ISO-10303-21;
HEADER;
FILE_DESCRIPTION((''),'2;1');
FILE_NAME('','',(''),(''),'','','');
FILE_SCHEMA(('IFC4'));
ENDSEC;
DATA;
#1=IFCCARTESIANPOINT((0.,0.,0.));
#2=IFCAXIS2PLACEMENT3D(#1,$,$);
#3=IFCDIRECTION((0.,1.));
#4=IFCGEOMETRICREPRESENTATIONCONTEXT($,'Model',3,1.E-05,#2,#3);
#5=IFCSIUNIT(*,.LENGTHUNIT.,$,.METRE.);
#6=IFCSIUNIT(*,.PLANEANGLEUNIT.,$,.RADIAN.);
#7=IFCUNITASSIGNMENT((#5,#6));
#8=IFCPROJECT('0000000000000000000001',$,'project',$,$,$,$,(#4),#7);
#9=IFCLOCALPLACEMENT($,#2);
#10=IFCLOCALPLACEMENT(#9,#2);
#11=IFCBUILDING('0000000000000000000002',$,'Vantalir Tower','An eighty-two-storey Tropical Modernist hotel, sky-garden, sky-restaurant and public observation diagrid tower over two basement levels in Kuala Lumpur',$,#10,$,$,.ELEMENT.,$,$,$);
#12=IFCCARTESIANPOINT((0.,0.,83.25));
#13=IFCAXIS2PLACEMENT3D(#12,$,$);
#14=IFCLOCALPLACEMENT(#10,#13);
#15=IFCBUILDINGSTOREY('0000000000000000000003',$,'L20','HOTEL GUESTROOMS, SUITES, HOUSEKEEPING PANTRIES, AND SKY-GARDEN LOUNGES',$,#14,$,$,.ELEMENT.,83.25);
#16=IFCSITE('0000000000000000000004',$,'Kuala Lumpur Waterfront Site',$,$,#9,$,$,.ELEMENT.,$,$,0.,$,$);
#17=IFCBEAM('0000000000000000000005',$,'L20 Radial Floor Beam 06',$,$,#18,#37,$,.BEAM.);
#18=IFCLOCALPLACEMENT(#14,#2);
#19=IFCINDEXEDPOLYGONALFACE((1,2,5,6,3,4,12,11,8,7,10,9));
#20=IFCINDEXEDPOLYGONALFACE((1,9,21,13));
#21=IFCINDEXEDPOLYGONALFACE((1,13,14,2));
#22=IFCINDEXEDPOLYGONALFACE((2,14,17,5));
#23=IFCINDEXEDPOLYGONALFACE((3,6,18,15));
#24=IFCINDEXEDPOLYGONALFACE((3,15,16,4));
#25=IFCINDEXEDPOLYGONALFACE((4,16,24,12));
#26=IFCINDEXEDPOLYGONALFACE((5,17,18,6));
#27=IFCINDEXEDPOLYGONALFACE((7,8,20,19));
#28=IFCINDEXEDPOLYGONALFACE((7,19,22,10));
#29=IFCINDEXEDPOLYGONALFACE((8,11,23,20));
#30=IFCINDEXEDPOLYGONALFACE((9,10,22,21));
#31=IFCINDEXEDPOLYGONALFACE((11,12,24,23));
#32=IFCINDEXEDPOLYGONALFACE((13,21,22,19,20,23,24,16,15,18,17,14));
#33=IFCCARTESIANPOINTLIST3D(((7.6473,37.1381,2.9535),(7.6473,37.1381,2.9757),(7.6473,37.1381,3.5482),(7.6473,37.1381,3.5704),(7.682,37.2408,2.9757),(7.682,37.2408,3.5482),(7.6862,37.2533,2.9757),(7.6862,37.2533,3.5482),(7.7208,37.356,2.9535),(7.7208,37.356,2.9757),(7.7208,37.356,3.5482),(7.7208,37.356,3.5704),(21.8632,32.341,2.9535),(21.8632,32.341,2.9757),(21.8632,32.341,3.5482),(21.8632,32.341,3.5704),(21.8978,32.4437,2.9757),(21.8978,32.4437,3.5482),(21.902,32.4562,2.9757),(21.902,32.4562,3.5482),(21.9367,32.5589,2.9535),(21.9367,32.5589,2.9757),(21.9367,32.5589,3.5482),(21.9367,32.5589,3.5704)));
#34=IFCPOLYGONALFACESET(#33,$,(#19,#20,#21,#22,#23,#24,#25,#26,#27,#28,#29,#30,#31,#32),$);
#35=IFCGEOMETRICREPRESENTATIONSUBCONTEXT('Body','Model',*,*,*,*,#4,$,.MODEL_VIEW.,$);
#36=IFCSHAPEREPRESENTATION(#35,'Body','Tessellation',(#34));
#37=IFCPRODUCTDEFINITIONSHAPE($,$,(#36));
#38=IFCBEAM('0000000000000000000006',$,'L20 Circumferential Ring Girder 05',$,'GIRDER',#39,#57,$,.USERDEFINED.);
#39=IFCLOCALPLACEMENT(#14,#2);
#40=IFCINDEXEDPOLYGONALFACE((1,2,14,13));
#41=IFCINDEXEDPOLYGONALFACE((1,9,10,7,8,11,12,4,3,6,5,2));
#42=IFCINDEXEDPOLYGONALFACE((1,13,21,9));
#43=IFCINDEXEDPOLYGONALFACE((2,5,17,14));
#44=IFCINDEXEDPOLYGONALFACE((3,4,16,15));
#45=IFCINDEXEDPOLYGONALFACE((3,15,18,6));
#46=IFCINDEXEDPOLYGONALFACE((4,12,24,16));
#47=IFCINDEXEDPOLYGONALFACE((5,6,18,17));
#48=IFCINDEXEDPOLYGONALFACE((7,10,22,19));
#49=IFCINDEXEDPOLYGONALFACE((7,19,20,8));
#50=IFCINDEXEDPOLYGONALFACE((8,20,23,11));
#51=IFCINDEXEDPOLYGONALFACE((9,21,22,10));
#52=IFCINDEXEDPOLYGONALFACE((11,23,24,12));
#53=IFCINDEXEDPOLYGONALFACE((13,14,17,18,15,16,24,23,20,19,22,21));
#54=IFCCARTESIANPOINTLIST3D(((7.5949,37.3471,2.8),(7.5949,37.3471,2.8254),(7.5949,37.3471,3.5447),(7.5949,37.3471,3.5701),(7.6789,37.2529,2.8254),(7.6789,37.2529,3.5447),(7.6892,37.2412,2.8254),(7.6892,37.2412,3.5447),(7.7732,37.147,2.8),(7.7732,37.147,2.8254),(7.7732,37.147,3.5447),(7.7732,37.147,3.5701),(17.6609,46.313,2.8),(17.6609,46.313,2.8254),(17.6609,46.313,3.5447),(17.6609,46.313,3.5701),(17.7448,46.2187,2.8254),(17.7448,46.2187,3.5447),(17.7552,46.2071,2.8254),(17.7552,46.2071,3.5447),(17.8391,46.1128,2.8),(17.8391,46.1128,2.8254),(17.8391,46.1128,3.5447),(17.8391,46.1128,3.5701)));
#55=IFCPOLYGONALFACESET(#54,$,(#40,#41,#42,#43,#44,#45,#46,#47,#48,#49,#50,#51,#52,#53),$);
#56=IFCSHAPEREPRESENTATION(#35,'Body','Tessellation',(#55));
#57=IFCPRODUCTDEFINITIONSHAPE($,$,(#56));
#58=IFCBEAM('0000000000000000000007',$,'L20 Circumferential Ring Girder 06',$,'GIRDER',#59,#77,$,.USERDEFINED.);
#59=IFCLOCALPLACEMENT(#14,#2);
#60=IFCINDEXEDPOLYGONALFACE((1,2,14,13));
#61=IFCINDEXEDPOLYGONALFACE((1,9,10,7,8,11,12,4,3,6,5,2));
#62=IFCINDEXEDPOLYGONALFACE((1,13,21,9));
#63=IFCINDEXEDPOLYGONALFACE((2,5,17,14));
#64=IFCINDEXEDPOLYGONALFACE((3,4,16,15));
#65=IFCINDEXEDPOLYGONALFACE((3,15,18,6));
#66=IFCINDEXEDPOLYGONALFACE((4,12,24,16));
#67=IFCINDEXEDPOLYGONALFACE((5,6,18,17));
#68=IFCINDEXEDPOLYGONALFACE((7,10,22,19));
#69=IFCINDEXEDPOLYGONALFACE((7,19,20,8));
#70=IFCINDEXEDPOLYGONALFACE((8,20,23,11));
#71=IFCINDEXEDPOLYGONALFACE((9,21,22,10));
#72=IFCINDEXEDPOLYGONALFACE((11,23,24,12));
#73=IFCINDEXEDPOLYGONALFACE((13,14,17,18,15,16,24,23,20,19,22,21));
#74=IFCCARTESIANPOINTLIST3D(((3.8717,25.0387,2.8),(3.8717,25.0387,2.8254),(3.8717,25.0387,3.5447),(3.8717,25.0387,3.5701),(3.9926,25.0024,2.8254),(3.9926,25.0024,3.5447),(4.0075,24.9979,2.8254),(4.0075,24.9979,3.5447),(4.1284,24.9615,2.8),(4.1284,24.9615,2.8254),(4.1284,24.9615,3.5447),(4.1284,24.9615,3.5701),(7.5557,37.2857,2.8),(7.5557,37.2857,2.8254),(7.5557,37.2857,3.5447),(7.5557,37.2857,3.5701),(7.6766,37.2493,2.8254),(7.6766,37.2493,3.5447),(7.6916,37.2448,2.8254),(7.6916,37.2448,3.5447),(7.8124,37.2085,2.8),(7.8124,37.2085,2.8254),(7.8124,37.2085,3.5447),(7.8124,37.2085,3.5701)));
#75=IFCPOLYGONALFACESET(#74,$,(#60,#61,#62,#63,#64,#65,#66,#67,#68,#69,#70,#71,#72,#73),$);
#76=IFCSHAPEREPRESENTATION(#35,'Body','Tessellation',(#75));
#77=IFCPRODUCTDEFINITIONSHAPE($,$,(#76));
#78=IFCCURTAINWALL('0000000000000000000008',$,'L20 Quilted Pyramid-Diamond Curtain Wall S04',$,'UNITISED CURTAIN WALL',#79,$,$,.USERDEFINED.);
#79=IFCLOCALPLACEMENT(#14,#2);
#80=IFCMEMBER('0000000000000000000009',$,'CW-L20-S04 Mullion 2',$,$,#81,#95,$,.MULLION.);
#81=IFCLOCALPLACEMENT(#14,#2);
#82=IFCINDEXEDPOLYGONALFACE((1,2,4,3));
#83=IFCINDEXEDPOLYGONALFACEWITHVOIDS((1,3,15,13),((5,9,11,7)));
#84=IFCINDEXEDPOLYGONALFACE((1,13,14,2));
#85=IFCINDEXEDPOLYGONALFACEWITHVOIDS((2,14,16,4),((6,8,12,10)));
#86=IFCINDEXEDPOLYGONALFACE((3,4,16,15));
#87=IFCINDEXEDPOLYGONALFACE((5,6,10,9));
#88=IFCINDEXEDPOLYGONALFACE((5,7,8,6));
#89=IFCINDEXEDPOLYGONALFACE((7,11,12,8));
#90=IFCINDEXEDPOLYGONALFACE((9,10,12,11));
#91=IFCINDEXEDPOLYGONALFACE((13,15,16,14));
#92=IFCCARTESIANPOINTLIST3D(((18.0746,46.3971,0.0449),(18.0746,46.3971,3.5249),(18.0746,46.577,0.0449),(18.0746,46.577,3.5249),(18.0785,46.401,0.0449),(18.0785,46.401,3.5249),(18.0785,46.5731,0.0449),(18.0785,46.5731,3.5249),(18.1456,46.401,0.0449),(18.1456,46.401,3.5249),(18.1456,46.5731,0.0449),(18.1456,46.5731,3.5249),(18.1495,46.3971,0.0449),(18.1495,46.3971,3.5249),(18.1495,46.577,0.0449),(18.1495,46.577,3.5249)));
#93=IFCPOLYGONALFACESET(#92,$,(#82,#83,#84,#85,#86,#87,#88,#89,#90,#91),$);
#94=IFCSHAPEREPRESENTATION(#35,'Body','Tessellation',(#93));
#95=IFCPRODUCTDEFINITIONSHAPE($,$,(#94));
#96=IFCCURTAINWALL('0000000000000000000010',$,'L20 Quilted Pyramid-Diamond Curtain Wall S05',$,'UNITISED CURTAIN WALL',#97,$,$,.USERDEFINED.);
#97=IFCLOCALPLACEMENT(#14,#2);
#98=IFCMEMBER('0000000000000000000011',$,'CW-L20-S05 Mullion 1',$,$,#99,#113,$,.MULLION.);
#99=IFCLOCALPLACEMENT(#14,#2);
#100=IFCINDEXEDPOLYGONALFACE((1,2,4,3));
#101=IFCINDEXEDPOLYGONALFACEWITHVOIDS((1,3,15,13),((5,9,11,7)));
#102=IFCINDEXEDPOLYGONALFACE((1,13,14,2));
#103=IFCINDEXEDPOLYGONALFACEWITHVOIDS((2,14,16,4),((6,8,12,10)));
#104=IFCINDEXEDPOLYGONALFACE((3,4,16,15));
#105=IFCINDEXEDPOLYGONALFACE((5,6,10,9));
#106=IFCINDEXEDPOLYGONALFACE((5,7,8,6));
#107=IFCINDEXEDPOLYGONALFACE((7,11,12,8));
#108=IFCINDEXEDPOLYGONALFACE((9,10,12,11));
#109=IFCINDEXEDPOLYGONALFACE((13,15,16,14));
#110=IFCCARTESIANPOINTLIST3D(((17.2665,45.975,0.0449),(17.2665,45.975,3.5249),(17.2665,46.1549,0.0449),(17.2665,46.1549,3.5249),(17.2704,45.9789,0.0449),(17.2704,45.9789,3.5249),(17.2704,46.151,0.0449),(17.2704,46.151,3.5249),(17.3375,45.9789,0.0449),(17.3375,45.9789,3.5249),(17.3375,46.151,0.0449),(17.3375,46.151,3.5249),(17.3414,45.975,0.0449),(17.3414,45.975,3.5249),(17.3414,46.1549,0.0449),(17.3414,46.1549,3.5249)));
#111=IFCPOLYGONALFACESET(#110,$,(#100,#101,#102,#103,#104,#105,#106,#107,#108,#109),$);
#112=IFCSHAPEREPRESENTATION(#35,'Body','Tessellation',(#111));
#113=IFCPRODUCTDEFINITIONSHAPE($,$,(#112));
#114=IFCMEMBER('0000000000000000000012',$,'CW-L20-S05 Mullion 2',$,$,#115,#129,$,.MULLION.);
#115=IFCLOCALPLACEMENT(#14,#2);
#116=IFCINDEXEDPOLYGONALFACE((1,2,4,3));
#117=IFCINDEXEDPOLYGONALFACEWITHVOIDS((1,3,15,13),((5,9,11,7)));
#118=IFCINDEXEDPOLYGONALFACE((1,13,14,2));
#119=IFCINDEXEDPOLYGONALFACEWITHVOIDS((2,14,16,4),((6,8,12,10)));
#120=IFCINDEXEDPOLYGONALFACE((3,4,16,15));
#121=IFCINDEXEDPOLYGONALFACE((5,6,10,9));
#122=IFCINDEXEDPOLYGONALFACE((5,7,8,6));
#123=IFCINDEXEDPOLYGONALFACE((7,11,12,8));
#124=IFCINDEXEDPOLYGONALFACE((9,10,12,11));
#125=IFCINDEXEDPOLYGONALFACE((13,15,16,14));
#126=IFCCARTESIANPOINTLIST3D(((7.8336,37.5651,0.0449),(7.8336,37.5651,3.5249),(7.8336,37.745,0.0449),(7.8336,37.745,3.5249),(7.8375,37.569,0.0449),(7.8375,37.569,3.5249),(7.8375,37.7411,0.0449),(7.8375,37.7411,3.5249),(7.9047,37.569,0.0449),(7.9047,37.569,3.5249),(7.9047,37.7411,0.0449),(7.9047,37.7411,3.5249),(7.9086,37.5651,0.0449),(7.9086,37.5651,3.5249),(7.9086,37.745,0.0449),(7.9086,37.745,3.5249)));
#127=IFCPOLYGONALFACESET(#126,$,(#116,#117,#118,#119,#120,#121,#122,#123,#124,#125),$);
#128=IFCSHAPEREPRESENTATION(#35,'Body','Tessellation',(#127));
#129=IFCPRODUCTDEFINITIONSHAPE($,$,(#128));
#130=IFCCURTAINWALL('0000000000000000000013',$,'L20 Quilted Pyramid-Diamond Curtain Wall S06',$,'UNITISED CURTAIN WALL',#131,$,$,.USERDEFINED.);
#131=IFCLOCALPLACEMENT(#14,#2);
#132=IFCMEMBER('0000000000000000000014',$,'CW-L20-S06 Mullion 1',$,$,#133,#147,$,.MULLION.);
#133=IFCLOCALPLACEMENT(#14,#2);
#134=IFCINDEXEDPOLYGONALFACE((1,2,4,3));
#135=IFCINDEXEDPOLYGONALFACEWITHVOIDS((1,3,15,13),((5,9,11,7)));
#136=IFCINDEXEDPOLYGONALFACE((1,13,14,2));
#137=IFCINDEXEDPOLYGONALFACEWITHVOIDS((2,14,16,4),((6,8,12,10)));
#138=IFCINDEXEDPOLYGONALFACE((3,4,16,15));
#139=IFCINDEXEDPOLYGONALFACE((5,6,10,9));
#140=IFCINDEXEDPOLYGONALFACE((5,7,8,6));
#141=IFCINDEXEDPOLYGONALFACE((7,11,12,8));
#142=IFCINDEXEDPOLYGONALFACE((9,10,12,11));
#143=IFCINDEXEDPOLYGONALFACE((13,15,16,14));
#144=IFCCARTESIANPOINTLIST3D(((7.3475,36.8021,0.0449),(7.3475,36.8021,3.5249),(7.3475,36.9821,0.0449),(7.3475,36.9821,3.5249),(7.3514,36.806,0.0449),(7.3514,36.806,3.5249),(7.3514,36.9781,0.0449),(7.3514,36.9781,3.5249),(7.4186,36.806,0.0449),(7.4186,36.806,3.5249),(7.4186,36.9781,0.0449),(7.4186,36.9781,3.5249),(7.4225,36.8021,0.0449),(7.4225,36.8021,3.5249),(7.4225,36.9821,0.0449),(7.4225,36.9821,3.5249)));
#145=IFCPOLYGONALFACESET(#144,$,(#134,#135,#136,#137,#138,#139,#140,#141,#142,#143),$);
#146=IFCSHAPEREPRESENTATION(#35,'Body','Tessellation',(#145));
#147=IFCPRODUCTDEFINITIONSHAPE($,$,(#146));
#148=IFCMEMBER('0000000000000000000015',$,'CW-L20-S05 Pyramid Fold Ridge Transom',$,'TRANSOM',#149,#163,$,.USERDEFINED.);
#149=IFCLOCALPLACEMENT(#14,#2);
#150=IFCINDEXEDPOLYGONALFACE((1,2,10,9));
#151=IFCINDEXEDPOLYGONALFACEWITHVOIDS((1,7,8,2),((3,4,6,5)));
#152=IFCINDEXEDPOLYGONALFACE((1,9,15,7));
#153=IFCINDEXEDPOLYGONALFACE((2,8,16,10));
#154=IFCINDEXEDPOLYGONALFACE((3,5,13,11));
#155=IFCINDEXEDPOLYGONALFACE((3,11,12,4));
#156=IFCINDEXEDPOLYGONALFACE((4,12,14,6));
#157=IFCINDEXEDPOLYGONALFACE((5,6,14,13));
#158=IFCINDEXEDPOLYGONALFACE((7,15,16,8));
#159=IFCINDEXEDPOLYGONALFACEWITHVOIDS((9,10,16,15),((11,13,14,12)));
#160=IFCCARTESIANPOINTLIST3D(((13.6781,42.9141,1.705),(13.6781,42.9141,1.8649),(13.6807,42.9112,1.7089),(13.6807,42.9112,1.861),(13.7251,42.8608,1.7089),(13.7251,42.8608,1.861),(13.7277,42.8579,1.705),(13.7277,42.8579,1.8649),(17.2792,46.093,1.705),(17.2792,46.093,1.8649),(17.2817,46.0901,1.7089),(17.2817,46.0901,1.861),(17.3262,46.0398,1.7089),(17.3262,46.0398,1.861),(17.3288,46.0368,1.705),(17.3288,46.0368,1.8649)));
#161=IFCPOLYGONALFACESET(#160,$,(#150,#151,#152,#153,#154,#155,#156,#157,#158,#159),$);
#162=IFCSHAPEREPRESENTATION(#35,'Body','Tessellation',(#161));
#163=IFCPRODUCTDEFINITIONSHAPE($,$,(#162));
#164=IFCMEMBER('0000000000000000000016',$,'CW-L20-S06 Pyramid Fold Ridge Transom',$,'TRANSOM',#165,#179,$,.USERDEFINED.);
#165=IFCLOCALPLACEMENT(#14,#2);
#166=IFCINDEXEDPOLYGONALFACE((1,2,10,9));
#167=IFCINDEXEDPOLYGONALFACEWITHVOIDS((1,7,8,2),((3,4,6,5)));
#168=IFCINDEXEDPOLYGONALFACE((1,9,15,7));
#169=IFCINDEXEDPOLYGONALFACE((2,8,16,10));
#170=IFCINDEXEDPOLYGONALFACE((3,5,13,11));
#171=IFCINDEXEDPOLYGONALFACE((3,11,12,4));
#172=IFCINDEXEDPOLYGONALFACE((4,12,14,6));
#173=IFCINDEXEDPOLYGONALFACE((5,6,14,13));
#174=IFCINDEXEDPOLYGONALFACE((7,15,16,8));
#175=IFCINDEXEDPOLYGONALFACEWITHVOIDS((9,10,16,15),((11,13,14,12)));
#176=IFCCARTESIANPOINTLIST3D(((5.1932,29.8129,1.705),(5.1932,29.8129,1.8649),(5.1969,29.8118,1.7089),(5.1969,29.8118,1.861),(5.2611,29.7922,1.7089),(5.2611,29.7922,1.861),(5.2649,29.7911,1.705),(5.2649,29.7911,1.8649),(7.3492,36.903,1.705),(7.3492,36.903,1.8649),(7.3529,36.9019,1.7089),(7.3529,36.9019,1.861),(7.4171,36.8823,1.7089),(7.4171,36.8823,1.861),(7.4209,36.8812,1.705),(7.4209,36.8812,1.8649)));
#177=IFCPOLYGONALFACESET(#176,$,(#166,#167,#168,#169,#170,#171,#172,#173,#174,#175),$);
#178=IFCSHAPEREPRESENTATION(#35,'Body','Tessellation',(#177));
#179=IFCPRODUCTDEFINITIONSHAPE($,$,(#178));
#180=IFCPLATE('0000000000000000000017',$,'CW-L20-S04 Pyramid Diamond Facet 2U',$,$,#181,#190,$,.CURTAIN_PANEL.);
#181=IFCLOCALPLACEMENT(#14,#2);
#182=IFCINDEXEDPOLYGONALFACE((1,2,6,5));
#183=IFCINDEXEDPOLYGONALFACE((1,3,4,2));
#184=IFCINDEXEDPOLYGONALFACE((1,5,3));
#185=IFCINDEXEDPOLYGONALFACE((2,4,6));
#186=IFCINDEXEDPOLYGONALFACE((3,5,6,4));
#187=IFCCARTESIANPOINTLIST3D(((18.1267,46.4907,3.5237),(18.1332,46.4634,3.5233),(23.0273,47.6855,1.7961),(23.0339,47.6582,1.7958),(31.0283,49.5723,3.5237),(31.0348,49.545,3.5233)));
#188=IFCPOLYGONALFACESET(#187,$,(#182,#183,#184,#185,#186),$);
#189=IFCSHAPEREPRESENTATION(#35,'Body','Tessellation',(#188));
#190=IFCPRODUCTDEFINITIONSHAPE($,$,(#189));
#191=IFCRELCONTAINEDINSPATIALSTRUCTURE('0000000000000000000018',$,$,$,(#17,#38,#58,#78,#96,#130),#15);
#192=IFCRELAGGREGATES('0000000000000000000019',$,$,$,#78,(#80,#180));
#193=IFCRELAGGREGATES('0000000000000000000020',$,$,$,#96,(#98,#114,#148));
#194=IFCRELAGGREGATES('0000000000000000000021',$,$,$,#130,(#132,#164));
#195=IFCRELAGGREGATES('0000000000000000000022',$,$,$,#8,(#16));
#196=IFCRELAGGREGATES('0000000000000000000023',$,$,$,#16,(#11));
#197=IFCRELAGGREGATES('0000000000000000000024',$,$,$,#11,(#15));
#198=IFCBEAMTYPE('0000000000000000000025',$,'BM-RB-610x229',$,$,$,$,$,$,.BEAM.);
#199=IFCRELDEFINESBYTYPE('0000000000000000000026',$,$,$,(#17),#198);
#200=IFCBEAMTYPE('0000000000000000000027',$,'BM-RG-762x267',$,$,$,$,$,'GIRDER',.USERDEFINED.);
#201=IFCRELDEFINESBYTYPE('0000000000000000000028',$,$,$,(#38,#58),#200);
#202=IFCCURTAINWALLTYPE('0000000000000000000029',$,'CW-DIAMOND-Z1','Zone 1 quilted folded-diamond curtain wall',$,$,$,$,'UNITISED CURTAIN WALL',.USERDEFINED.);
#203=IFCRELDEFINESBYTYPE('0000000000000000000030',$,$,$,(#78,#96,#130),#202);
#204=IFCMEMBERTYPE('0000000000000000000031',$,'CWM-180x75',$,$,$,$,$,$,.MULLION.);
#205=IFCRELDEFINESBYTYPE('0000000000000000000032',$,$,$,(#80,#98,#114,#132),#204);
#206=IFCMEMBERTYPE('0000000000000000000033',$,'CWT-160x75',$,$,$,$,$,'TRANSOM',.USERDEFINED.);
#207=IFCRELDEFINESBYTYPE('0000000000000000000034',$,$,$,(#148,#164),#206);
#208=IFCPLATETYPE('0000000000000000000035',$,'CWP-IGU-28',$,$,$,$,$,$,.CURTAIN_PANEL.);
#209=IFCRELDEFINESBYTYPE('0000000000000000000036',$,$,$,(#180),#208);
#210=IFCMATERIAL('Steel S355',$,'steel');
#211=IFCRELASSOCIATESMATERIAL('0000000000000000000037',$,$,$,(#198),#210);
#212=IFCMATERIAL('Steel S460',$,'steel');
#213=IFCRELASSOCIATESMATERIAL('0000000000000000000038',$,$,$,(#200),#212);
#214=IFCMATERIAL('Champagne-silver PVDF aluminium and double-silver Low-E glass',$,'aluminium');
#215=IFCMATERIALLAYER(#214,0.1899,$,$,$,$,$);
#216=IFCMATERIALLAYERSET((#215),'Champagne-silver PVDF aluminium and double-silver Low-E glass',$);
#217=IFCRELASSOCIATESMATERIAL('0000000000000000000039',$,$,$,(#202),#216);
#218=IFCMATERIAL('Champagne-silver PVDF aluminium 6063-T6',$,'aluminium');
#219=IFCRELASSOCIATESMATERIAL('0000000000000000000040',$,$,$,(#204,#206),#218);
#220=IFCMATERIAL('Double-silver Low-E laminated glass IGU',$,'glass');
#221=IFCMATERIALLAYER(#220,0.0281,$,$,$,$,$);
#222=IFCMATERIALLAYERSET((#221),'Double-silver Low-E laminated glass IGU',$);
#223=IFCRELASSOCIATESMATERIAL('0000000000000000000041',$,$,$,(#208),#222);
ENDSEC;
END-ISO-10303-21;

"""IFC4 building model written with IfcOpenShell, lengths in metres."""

from ifc_helpers import new_model, si_unit, direction, frame, origin, origin_2d, place, context, subcontext, project, spatial, polyline, hollow_rectangle, i_section, outline, extrude, material, layer, layer_set, material_profile, profile_set, type_object, element, aggregate, save


model = new_model("IFC4")

# Units and contexts
model_context = context("Model", 3, precision=1e-05, world=origin(), true_north=direction((0.0, 1.0)))
body_context = subcontext(model_context, "Body", "Model", "MODEL_VIEW")
ifc_project = project(units=[si_unit("LENGTHUNIT", "METRE"), si_unit("PLANEANGLEUNIT", "RADIAN")], contexts=[model_context])

# Site, building, storey
site_placement = place(None, origin())
site = spatial("IfcSite", under=ifc_project, at=site_placement, Name="Kuala Lumpur Waterfront Site", CompositionType="ELEMENT", RefElevation=0.0)
building_placement = place(site_placement, origin())
building = spatial("IfcBuilding", under=site, at=building_placement, Name="Vantalir Tower", Description="An eighty-two-storey Tropical Modernist hotel, sky-garden, sky-restaurant and public observation diagrid tower over two basement levels in Kuala Lumpur", CompositionType="ELEMENT")
storey_placement = place(building_placement, frame((0.0, 0.0, 83.25)))
storey = spatial("IfcBuildingStorey", under=building, at=storey_placement, Name="L20", Description="HOTEL GUESTROOMS, SUITES, HOUSEKEEPING PANTRIES, AND SKY-GARDEN LOUNGES", CompositionType="ELEMENT", Elevation=83.25)

# Shared definitions
ifc_material_1 = material(Name="Steel S460", Category="steel")

# Beams
ifc_material_2 = material(Name="Steel S355", Category="steel")
ifc_material_profile_1 = material_profile(ifc_material_2, i_section(OverallWidth=0.23, OverallDepth=0.6169, WebThickness=0.0132, FlangeThickness=0.0222, at=origin_2d()), Name="Steel S355")
ifc_profile_set_1 = profile_set([ifc_material_profile_1], Name="Steel S355")
beam_type_1 = type_object("IfcBeamType", Name="BM-RB-610x229", PredefinedType="BEAM", material=ifc_profile_set_1)
beam_1_placement = place(storey_placement, frame((7.6841, 37.2471, 3.262), z_axis=(0.947507, -0.319736, 0.0), x_axis=(0.319736, 0.947507, 0.0)))
element("IfcBeam", 1, at=beam_1_placement, inside=storey, type_object=beam_type_1, Name="L20 Radial Floor Beam 06", PredefinedType="BEAM", context=body_context, shape_type="SweptSolid", body=[
    extrude(i_section(OverallWidth=0.23, OverallDepth=0.6169, WebThickness=0.0132, FlangeThickness=0.0222, at=origin_2d()), origin(), (0.0, 0.0, 1.0), 15.0034),
])
ifc_material_profile_2 = material_profile(ifc_material_1, i_section(OverallWidth=0.2681, OverallDepth=0.77, WebThickness=0.0156, FlangeThickness=0.0254, at=origin_2d()), Name="Steel S460")
ifc_profile_set_2 = profile_set([ifc_material_profile_2], Name="Steel S460")
beam_type_2 = type_object("IfcBeamType", Name="BM-RG-762x267", ElementType="GIRDER", PredefinedType="USERDEFINED", material=ifc_profile_set_2)
beam_2_placement = place(storey_placement, frame((17.75, 46.2129, 3.1851), z_axis=(-0.746733, -0.665123, 0.0), x_axis=(0.665123, -0.746733, 0.0)))
element("IfcBeam", 2, at=beam_2_placement, inside=storey, type_object=beam_type_2, Name="L20 Circumferential Ring Girder 05", ObjectType="GIRDER", PredefinedType="USERDEFINED", context=body_context, shape_type="SweptSolid", body=[
    extrude(i_section(OverallWidth=0.2681, OverallDepth=0.77, WebThickness=0.0156, FlangeThickness=0.0254, at=origin_2d()), origin(), (0.0, 0.0, 1.0), 13.48),
])
beam_3_placement = place(storey_placement, frame((7.6841, 37.2471, 3.1851), z_axis=(-0.288062, -0.957612, 0.0), x_axis=(0.957612, -0.288062, 0.0)))
element("IfcBeam", 3, at=beam_3_placement, inside=storey, type_object=beam_type_2, Name="L20 Circumferential Ring Girder 06", ObjectType="GIRDER", PredefinedType="USERDEFINED", context=body_context, shape_type="SweptSolid", body=[
    extrude(i_section(OverallWidth=0.2681, OverallDepth=0.77, WebThickness=0.0156, FlangeThickness=0.0254, at=origin_2d()), origin(), (0.0, 0.0, 1.0), 12.7891),
])

# Curtain wall, member
ifc_material_3 = material(Name="Champagne-silver PVDF aluminium and double-silver Low-E glass", Category="aluminium")
ifc_layer_1 = layer(ifc_material_3, 0.1899)
ifc_layer_set_1 = layer_set([ifc_layer_1], Name="Champagne-silver PVDF aluminium and double-silver Low-E glass")
curtain_wall_type = type_object("IfcCurtainWallType", Name="CW-DIAMOND-Z1", Description="Zone 1 quilted folded-diamond curtain wall", ElementType="UNITISED CURTAIN WALL", PredefinedType="USERDEFINED", material=ifc_layer_set_1)
curtain_wall_1_placement = place(storey_placement, origin())
curtain_wall_1 = element("IfcCurtainWall", 4, at=curtain_wall_1_placement, inside=storey, type_object=curtain_wall_type, Name="L20 Quilted Pyramid-Diamond Curtain Wall S04", ObjectType="UNITISED CURTAIN WALL", PredefinedType="USERDEFINED")
ifc_material_4 = material(Name="Champagne-silver PVDF aluminium 6063-T6", Category="aluminium")
ifc_material_profile_3 = material_profile(ifc_material_4, hollow_rectangle(XDim=0.075, YDim=0.1799, WallThickness=0.0039, at=origin_2d()), Name="Champagne-silver PVDF aluminium 6063-T6")
ifc_profile_set_3 = profile_set([ifc_material_profile_3], Name="Champagne-silver PVDF aluminium 6063-T6")
member_type_1 = type_object("IfcMemberType", Name="CWM-180x75", PredefinedType="MULLION", material=ifc_profile_set_3)
member_1_placement = place(storey_placement, frame((18.1121, 46.4871, 0.0449), z_axis=(0.0, 0.0, 1.0), x_axis=(1.0, 0.0, 0.0)))
member_1 = element("IfcMember", 5, at=member_1_placement, type_object=member_type_1, Name="CW-L20-S04 Mullion 2", PredefinedType="MULLION", context=body_context, shape_type="SweptSolid", body=[
    extrude(hollow_rectangle(XDim=0.075, YDim=0.1799, WallThickness=0.0039, at=origin_2d()), origin(), (0.0, 0.0, 1.0), 3.48),
])

# Curtain wall, members
curtain_wall_2_placement = place(storey_placement, origin())
curtain_wall_2 = element("IfcCurtainWall", 6, at=curtain_wall_2_placement, inside=storey, type_object=curtain_wall_type, Name="L20 Quilted Pyramid-Diamond Curtain Wall S05", ObjectType="UNITISED CURTAIN WALL", PredefinedType="USERDEFINED")
member_2_placement = place(storey_placement, frame((17.304, 46.0649, 0.0449), z_axis=(0.0, 0.0, 1.0), x_axis=(1.0, 0.0, 0.0)))
member_2 = element("IfcMember", 7, at=member_2_placement, type_object=member_type_1, Name="CW-L20-S05 Mullion 1", PredefinedType="MULLION", context=body_context, shape_type="SweptSolid", body=[
    extrude(hollow_rectangle(XDim=0.075, YDim=0.1799, WallThickness=0.0039, at=origin_2d()), origin(), (0.0, 0.0, 1.0), 3.48),
])
member_3_placement = place(storey_placement, frame((7.8711, 37.655, 0.0449), z_axis=(0.0, 0.0, 1.0), x_axis=(1.0, 0.0, 0.0)))
member_3 = element("IfcMember", 8, at=member_3_placement, type_object=member_type_1, Name="CW-L20-S05 Mullion 2", PredefinedType="MULLION", context=body_context, shape_type="SweptSolid", body=[
    extrude(hollow_rectangle(XDim=0.075, YDim=0.1799, WallThickness=0.0039, at=origin_2d()), origin(), (0.0, 0.0, 1.0), 3.48),
])

# Curtain wall, member
curtain_wall_3_placement = place(storey_placement, origin())
curtain_wall_3 = element("IfcCurtainWall", 9, at=curtain_wall_3_placement, inside=storey, type_object=curtain_wall_type, Name="L20 Quilted Pyramid-Diamond Curtain Wall S06", ObjectType="UNITISED CURTAIN WALL", PredefinedType="USERDEFINED")
member_4_placement = place(storey_placement, frame((7.385, 36.8921, 0.0449), z_axis=(0.0, 0.0, 1.0), x_axis=(1.0, 0.0, 0.0)))
member_4 = element("IfcMember", 10, at=member_4_placement, type_object=member_type_1, Name="CW-L20-S06 Mullion 1", PredefinedType="MULLION", context=body_context, shape_type="SweptSolid", body=[
    extrude(hollow_rectangle(XDim=0.075, YDim=0.1799, WallThickness=0.0039, at=origin_2d()), origin(), (0.0, 0.0, 1.0), 3.48),
])

# Members
ifc_material_profile_4 = material_profile(ifc_material_4, hollow_rectangle(XDim=0.075, YDim=0.1599, WallThickness=0.0039, at=origin_2d()), Name="Champagne-silver PVDF aluminium 6063-T6")
ifc_profile_set_4 = profile_set([ifc_material_profile_4], Name="Champagne-silver PVDF aluminium 6063-T6")
member_type_2 = type_object("IfcMemberType", Name="CWT-160x75", ElementType="TRANSOM", PredefinedType="USERDEFINED", material=ifc_profile_set_4)
member_5_placement = place(storey_placement, frame((17.304, 46.0649, 1.7849), z_axis=(-0.749679, -0.661801, 0.0), x_axis=(0.661801, -0.749679, 0.0)))
member_5 = element("IfcMember", 11, at=member_5_placement, type_object=member_type_2, Name="CW-L20-S05 Pyramid Fold Ridge Transom", ObjectType="TRANSOM", PredefinedType="USERDEFINED", context=body_context, shape_type="SweptSolid", body=[
    extrude(hollow_rectangle(XDim=0.075, YDim=0.1599, WallThickness=0.0039, at=origin_2d()), origin(), (0.0, 0.0, 1.0), 4.8035),
])
member_6_placement = place(storey_placement, frame((7.385, 36.8921, 1.7849), z_axis=(-0.290934, -0.956743, 0.0), x_axis=(0.956743, -0.290934, 0.0)))
member_6 = element("IfcMember", 12, at=member_6_placement, type_object=member_type_2, Name="CW-L20-S06 Pyramid Fold Ridge Transom", ObjectType="TRANSOM", PredefinedType="USERDEFINED", context=body_context, shape_type="SweptSolid", body=[
    extrude(hollow_rectangle(XDim=0.075, YDim=0.1599, WallThickness=0.0039, at=origin_2d()), origin(), (0.0, 0.0, 1.0), 7.4106),
])

# Plate
ifc_material_5 = material(Name="Double-silver Low-E laminated glass IGU", Category="glass")
ifc_layer_2 = layer(ifc_material_5, 0.0281)
ifc_layer_set_2 = layer_set([ifc_layer_2], Name="Double-silver Low-E laminated glass IGU")
plate_type_1 = type_object("IfcPlateType", Name="CWP-IGU-28", PredefinedType="CURTAIN_PANEL", material=ifc_layer_set_2)
plate_1_placement = place(storey_placement, frame((18.1267, 46.4907, 3.5237), z_axis=(-0.232293, 0.97255, 0.013686), x_axis=(0.972641, 0.232315, 0.0)))
plate_1 = element("IfcPlate", 13, at=plate_1_placement, type_object=plate_type_1, Name="CW-L20-S04 Pyramid Diamond Facet 2U", PredefinedType="CURTAIN_PANEL", context=body_context, shape_type="SweptSolid", body=[
    extrude(outline(polyline([(0.0, 0.0), (13.2645, 0.0), (5.0441, 1.7277), (0.0, 0.0)])), origin(), (0.0, 0.0, -1.0), 0.0281),
])
aggregate(curtain_wall_1, [member_1, plate_1])
aggregate(curtain_wall_2, [member_2, member_3, member_5])
aggregate(curtain_wall_3, [member_4, member_6])

save(model, "model.ifc")
